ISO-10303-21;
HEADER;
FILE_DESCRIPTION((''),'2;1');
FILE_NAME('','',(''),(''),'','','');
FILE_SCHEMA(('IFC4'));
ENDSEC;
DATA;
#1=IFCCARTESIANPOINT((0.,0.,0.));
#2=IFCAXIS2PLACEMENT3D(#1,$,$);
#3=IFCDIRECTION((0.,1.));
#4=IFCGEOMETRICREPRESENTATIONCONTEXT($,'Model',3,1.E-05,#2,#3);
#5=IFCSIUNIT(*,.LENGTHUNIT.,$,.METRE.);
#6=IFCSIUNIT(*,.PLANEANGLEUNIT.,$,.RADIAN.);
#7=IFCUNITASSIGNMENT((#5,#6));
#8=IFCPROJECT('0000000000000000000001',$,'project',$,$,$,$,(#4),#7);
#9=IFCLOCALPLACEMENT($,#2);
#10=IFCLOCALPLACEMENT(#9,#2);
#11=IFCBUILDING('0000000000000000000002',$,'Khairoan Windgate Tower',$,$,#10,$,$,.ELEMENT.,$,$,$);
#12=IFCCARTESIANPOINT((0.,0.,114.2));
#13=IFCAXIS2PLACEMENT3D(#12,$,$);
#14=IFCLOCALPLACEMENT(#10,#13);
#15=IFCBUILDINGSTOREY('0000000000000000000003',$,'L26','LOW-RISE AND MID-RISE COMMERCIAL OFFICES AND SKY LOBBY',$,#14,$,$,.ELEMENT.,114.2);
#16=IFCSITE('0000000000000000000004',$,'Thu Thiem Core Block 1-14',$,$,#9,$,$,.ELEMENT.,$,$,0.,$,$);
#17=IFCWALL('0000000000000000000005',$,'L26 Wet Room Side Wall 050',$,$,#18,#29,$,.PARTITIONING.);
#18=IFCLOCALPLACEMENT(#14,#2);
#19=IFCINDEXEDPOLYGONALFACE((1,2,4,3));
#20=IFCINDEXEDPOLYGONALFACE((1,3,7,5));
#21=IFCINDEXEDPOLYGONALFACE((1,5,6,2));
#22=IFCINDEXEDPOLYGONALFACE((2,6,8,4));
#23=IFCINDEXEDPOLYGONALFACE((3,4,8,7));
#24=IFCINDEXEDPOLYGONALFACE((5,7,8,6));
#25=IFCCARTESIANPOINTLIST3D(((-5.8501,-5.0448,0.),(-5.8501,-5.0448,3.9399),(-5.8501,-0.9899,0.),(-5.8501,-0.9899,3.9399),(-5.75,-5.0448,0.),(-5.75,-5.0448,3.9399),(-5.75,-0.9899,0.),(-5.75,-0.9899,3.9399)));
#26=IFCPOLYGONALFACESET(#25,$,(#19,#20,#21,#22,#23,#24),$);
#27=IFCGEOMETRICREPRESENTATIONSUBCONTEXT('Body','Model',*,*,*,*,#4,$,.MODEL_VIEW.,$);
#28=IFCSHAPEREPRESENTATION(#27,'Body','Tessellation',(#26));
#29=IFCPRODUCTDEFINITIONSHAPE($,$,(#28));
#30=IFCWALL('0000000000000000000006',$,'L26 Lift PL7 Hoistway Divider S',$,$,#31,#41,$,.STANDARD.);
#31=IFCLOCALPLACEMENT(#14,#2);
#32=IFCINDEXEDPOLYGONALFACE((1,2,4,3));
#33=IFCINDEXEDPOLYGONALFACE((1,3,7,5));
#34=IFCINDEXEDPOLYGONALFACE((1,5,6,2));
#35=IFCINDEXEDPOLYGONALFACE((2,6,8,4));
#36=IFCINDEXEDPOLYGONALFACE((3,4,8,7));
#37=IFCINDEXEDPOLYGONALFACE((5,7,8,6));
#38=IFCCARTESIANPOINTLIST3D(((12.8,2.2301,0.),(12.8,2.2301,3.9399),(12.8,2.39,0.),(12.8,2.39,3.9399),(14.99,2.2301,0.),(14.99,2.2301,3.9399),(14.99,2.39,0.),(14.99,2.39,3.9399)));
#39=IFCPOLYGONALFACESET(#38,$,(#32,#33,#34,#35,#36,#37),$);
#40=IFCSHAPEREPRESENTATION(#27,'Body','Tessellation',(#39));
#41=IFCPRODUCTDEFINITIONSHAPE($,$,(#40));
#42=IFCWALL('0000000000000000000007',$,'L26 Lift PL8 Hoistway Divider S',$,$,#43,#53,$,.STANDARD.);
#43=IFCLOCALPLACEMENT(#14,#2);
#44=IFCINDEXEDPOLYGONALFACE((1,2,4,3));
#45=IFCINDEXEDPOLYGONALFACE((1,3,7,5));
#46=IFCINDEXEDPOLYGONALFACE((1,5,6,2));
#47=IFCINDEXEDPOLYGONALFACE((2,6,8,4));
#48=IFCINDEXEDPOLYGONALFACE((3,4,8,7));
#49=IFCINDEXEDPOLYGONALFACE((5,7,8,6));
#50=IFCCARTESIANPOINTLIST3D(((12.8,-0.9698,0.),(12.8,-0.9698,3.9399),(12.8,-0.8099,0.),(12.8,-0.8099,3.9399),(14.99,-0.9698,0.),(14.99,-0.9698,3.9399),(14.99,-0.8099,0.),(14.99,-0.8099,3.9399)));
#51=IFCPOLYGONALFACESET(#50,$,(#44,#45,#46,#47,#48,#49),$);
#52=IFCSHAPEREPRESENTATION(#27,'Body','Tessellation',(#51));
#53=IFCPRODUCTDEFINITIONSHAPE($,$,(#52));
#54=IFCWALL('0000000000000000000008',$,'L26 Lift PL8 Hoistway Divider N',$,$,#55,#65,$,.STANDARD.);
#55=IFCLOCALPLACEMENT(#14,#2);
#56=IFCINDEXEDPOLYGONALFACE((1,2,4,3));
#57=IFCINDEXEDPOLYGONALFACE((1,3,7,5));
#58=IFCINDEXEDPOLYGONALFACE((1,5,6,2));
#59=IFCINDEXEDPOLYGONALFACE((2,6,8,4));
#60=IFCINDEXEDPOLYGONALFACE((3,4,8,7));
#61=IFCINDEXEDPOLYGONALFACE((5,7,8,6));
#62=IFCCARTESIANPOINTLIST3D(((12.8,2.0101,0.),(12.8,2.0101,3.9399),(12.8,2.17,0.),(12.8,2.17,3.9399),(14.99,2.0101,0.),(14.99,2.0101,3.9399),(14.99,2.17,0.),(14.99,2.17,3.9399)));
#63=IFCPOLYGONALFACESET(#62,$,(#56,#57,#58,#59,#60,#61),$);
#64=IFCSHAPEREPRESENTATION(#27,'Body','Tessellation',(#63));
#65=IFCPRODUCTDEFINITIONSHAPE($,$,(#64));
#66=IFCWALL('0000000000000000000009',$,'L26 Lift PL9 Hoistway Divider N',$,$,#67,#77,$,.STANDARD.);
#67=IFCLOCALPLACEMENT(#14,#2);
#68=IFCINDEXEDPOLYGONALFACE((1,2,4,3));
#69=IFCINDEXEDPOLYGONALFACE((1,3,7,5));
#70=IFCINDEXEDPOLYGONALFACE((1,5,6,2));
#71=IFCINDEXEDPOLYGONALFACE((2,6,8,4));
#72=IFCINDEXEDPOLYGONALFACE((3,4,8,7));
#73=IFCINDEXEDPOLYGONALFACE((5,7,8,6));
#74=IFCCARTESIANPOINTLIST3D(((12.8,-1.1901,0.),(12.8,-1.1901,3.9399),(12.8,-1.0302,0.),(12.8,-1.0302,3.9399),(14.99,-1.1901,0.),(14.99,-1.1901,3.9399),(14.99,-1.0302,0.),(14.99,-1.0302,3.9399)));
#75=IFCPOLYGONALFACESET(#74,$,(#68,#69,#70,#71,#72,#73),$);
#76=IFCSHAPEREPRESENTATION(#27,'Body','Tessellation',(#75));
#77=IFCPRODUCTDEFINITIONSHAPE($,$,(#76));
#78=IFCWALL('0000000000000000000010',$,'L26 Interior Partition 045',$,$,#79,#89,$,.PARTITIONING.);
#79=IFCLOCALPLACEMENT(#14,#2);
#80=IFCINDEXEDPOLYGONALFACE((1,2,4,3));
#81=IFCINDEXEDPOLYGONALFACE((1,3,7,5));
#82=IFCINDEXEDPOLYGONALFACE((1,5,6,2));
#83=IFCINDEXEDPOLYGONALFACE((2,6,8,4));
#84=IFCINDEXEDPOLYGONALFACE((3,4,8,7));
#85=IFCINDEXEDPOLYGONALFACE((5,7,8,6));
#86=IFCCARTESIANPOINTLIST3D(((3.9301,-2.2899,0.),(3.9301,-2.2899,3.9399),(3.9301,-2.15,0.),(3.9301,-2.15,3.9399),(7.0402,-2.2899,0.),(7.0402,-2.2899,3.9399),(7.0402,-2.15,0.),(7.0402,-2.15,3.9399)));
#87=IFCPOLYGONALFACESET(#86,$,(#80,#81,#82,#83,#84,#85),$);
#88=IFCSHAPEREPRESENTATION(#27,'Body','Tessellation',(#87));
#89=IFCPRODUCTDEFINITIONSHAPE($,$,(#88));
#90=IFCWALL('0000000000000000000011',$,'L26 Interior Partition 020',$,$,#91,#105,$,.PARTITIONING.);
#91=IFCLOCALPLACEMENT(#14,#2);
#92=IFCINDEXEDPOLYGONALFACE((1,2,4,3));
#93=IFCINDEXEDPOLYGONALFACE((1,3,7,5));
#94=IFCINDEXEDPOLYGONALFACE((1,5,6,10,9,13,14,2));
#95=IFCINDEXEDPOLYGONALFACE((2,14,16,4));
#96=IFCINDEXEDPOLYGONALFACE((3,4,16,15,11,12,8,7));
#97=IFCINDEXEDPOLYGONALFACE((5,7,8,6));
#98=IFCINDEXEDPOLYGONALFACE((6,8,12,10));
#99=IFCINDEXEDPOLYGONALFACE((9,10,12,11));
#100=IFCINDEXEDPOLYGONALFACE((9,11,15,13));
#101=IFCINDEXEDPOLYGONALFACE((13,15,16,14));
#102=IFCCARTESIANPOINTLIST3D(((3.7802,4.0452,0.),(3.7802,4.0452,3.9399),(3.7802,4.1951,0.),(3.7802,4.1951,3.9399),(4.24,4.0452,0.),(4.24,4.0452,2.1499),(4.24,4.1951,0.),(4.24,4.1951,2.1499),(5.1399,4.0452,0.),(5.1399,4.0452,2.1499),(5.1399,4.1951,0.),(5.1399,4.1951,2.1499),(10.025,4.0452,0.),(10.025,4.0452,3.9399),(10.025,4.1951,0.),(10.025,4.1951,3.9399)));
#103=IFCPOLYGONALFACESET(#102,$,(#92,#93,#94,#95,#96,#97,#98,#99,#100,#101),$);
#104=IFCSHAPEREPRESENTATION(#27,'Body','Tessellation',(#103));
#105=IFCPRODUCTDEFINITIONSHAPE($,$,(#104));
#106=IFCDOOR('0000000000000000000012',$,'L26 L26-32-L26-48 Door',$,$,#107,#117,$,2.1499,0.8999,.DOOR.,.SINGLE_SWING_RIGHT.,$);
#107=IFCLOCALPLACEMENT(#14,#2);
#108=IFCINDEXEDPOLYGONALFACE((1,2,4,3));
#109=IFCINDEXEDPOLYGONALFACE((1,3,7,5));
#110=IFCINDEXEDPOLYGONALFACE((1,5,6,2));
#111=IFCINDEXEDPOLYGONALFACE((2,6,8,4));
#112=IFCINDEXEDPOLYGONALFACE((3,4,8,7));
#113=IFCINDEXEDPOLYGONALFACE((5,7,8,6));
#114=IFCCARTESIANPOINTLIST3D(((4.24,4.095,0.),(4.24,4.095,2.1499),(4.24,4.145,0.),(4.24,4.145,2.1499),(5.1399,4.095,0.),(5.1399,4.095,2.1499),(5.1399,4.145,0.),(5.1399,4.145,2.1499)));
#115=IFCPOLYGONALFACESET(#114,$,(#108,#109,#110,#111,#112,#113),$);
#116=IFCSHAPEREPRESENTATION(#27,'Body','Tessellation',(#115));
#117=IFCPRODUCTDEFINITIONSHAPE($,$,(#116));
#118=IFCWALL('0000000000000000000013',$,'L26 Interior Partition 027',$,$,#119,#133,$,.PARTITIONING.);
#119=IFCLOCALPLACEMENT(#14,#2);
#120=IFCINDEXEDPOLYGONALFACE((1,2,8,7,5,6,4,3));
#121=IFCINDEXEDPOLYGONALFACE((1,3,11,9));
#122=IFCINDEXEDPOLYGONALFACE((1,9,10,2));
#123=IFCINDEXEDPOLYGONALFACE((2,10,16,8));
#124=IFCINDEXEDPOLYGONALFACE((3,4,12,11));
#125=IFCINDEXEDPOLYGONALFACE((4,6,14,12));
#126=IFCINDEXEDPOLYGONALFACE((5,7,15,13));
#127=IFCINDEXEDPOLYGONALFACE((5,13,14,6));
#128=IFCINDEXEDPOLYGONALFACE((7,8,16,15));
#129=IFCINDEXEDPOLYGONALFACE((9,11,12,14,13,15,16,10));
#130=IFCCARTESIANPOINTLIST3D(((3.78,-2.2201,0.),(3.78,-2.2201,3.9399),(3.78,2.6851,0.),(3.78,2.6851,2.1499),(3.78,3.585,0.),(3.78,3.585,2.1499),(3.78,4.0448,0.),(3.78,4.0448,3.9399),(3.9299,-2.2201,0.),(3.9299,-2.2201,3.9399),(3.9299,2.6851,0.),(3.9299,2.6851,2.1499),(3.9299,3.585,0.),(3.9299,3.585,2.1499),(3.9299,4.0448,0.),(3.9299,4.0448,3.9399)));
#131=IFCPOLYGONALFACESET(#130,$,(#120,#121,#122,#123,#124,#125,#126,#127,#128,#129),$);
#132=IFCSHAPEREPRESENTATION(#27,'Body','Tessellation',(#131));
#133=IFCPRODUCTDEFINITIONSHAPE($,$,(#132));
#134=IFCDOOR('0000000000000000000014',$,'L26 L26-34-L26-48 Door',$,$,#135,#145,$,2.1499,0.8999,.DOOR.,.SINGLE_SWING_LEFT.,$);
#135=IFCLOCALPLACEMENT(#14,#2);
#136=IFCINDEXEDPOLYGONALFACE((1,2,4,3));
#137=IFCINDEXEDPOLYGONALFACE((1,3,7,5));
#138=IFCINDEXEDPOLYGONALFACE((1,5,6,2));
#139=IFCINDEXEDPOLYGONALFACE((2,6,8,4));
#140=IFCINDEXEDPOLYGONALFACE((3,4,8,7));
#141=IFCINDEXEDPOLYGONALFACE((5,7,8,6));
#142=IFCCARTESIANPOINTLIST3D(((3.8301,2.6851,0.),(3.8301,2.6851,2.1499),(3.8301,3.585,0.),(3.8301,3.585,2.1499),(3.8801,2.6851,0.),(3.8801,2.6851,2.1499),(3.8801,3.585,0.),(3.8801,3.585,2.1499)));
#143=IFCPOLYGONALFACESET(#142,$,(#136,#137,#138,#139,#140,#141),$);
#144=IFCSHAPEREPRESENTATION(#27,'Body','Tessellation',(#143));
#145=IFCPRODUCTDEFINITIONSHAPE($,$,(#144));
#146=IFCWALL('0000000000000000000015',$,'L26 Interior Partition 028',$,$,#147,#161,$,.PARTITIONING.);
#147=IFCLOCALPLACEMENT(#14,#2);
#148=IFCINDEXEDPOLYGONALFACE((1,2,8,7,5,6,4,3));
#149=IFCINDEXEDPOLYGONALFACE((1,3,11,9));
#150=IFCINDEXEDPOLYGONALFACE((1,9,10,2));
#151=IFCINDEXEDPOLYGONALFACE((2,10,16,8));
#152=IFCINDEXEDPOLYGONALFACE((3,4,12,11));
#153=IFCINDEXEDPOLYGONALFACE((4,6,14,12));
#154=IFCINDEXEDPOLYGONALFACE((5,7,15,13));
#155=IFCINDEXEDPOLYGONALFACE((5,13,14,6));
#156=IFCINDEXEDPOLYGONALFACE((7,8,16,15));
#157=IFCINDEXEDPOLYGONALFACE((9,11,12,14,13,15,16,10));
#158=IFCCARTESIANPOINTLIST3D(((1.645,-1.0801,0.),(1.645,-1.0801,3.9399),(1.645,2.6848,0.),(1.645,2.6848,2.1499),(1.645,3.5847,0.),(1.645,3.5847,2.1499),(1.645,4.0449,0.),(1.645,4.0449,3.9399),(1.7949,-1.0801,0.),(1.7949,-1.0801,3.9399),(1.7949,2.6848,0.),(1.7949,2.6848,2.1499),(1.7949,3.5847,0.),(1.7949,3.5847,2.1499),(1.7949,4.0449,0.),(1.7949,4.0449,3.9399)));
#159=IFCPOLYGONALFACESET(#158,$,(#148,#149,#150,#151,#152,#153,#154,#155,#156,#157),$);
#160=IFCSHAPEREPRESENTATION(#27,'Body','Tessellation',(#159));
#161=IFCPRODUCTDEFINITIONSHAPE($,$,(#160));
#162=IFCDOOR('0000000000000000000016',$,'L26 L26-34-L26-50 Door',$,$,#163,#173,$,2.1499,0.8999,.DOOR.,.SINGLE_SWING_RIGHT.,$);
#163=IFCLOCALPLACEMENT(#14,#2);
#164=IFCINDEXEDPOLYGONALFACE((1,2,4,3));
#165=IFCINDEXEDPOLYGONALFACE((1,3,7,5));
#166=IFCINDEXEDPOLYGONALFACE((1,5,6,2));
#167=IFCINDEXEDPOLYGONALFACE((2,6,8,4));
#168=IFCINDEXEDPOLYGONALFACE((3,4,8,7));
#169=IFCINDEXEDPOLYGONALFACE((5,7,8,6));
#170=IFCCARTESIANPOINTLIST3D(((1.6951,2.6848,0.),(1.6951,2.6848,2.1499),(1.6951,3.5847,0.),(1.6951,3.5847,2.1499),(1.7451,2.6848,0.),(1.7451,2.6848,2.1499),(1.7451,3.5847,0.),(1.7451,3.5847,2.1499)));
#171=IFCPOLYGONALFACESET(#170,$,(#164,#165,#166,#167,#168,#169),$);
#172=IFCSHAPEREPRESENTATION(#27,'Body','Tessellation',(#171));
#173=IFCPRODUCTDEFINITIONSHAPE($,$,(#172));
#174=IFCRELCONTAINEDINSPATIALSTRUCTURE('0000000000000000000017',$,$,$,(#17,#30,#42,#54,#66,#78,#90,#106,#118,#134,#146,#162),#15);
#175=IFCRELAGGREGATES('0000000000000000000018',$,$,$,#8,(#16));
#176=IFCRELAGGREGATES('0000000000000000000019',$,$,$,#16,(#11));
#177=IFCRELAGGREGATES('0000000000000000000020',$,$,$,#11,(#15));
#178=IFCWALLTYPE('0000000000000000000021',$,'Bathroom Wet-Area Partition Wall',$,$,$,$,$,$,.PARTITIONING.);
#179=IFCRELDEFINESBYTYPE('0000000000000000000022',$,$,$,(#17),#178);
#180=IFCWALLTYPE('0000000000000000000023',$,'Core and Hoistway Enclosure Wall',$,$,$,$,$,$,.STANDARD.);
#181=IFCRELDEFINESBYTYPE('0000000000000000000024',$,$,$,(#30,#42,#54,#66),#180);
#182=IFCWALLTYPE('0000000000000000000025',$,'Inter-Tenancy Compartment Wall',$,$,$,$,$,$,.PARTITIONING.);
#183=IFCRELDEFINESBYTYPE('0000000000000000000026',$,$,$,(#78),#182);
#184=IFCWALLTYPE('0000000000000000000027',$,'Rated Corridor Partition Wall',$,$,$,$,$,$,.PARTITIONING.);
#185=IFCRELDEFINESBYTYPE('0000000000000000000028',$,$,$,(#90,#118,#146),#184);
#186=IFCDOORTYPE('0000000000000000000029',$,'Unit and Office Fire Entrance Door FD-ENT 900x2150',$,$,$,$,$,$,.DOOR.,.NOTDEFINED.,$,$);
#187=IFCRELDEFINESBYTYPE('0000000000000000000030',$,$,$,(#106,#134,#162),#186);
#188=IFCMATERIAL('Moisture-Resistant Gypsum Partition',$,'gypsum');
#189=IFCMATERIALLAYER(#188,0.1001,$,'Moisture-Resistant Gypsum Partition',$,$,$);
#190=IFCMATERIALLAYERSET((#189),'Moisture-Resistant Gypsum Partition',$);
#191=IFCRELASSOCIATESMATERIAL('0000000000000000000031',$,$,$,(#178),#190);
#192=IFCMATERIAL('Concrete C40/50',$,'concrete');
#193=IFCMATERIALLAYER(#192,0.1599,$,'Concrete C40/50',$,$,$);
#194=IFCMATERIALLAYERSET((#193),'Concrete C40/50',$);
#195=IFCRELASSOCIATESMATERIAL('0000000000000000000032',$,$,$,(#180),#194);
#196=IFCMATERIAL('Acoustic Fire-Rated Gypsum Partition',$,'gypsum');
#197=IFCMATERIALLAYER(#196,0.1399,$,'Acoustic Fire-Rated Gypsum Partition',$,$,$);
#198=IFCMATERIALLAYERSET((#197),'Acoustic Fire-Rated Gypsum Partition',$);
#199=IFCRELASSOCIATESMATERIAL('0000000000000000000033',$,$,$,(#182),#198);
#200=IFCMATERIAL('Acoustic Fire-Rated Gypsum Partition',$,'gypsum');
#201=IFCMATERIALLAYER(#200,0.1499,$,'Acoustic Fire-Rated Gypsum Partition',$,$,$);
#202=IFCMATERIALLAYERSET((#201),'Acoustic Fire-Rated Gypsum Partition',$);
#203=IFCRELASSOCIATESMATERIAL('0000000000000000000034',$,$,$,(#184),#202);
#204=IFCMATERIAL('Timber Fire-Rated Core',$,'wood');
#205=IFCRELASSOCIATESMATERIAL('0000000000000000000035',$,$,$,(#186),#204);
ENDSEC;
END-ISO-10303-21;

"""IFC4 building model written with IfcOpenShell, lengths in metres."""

from ifc_helpers import new_model, si_unit, direction, frame, frame_2d, origin, place, context, subcontext, project, spatial, rectangle, extrude, material, layer, layer_set, type_object, element, fill, save


model = new_model("IFC4")

# Units and contexts
model_context = context("Model", 3, precision=1e-05, world=origin(), true_north=direction((0.0, 1.0)))
body_context = subcontext(model_context, "Body", "Model", "MODEL_VIEW")
ifc_project = project(units=[si_unit("LENGTHUNIT", "METRE"), si_unit("PLANEANGLEUNIT", "RADIAN")], contexts=[model_context])

# Site, building, storey
site_placement = place(None, origin())
site = spatial("IfcSite", under=ifc_project, at=site_placement, Name="Thu Thiem Core Block 1-14", CompositionType="ELEMENT", RefElevation=0.0)
building_placement = place(site_placement, origin())
building = spatial("IfcBuilding", under=site, at=building_placement, Name="Khairoan Windgate Tower", CompositionType="ELEMENT")
storey_placement = place(building_placement, frame((0.0, 0.0, 114.2)))
storey = spatial("IfcBuildingStorey", under=building, at=storey_placement, Name="L26", Description="LOW-RISE AND MID-RISE COMMERCIAL OFFICES AND SKY LOBBY", CompositionType="ELEMENT", Elevation=114.2)

# Walls
ifc_material_1 = material(Name="Moisture-Resistant Gypsum Partition", Category="gypsum")
ifc_layer_1 = layer(ifc_material_1, 0.1001, Name="Moisture-Resistant Gypsum Partition")
ifc_layer_set_1 = layer_set([ifc_layer_1], Name="Moisture-Resistant Gypsum Partition")
wall_type_1 = type_object("IfcWallType", Name="Bathroom Wet-Area Partition Wall", PredefinedType="PARTITIONING", material=ifc_layer_set_1)
wall_1_placement = place(storey_placement, frame((-5.8, -0.99, 0.0), z_axis=(0.0, 0.0, 1.0), x_axis=(0.0, -1.0, 0.0)))
element("IfcWall", 1, at=wall_1_placement, inside=storey, type_object=wall_type_1, Name="L26 Wet Room Side Wall 050", PredefinedType="PARTITIONING", context=body_context, shape_type="SweptSolid", body=[
    extrude(rectangle(XDim=4.0549, YDim=0.1001, at=frame_2d((2.0273, 0.0))), origin(), (0.0, 0.0, 1.0), 3.9399),
])
ifc_material_2 = material(Name="Concrete C40/50", Category="concrete")
ifc_layer_2 = layer(ifc_material_2, 0.1599, Name="Concrete C40/50")
ifc_layer_set_2 = layer_set([ifc_layer_2], Name="Concrete C40/50")
wall_type_2 = type_object("IfcWallType", Name="Core and Hoistway Enclosure Wall", PredefinedType="STANDARD", material=ifc_layer_set_2)
for number, where, z_axis, x_axis, name in (
    (2, (12.8, 2.3101, 0.0), (0.0, 0.0, 1.0), (1.0, 0.0, 0.0), "L26 Lift PL7 Hoistway Divider S"),
    (3, (12.8, -0.8899, 0.0), (0.0, 0.0, 1.0), (1.0, 0.0, 0.0), "L26 Lift PL8 Hoistway Divider S"),
    (4, (12.8, 2.0901, 0.0), (0.0, 0.0, 1.0), (1.0, 0.0, 0.0), "L26 Lift PL8 Hoistway Divider N"),
    (5, (12.8, -1.1101, 0.0), (0.0, 0.0, 1.0), (1.0, 0.0, 0.0), "L26 Lift PL9 Hoistway Divider N"),
):
    element("IfcWall", number, at=place(storey_placement, frame(where, z_axis=z_axis, x_axis=x_axis)), inside=storey, type_object=wall_type_2, Name=name, PredefinedType="STANDARD", context=body_context, shape_type="SweptSolid", body=[
        extrude(rectangle(XDim=2.1899, YDim=0.1599, at=frame_2d((1.095, 0.0))), origin(), (0.0, 0.0, 1.0), 3.9399),
    ])
ifc_material_3 = material(Name="Acoustic Fire-Rated Gypsum Partition", Category="gypsum")
ifc_layer_3 = layer(ifc_material_3, 0.1399, Name="Acoustic Fire-Rated Gypsum Partition")
ifc_layer_set_3 = layer_set([ifc_layer_3], Name="Acoustic Fire-Rated Gypsum Partition")
wall_type_3 = type_object("IfcWallType", Name="Inter-Tenancy Compartment Wall", PredefinedType="PARTITIONING", material=ifc_layer_set_3)
wall_2_placement = place(storey_placement, frame((3.9299, -2.22, 0.0), z_axis=(0.0, 0.0, 1.0), x_axis=(1.0, 0.0, 0.0)))
element("IfcWall", 6, at=wall_2_placement, inside=storey, type_object=wall_type_3, Name="L26 Interior Partition 045", PredefinedType="PARTITIONING", context=body_context, shape_type="SweptSolid", body=[
    extrude(rectangle(XDim=3.1101, YDim=0.1399, at=frame_2d((1.5552, 0.0))), origin(), (0.0, 0.0, 1.0), 3.9399),
])

# Walls, openings, doors
ifc_material_4 = material(Name="Acoustic Fire-Rated Gypsum Partition", Category="gypsum")
ifc_layer_4 = layer(ifc_material_4, 0.1499, Name="Acoustic Fire-Rated Gypsum Partition")
ifc_layer_set_4 = layer_set([ifc_layer_4], Name="Acoustic Fire-Rated Gypsum Partition")
wall_type_4 = type_object("IfcWallType", Name="Rated Corridor Partition Wall", PredefinedType="PARTITIONING", material=ifc_layer_set_4)
wall_3_placement = place(storey_placement, frame((3.78, 4.1201, 0.0), z_axis=(0.0, 0.0, 1.0), x_axis=(1.0, 0.0, 0.0)))
wall_3 = element("IfcWall", 7, at=wall_3_placement, inside=storey, type_object=wall_type_4, Name="L26 Interior Partition 020", PredefinedType="PARTITIONING", context=body_context, shape_type="SweptSolid", body=[
    extrude(rectangle(XDim=6.2449, YDim=0.1499, at=frame_2d((3.1226, 0.0))), origin(), (0.0, 0.0, 1.0), 3.9399),
])
opening_1_placement = place(wall_3_placement, frame((0.46, 0.0, 0.0)))
opening_1 = element("IfcOpeningElement", 8, at=opening_1_placement, cuts=wall_3, PredefinedType="OPENING", context=body_context, shape_type="SweptSolid", body=[
    extrude(rectangle(XDim=0.8999, YDim=2.1499, at=frame_2d((0.45, 1.075))), frame((0.0, 0.085, 0.0), z_axis=(0.0, -1.0, 0.0), x_axis=(1.0, 0.0, 0.0)), (0.0, 0.0, 1.0), 0.1699),
])
ifc_material_5 = material(Name="Timber Fire-Rated Core", Category="wood")
door_type = type_object("IfcDoorType", Name="Unit and Office Fire Entrance Door FD-ENT 900x2150", OperationType="NOTDEFINED", PredefinedType="DOOR", material=ifc_material_5)
door_1_placement = place(opening_1_placement, origin())
door_1 = element("IfcDoor", 9, at=door_1_placement, inside=storey, type_object=door_type, Name="L26 L26-32-L26-48 Door", OperationType="SINGLE_SWING_RIGHT", OverallHeight=2.1499, OverallWidth=0.8999, PredefinedType="DOOR", context=body_context, shape_type="SweptSolid", body=[
    extrude(rectangle(XDim=0.8999, YDim=2.1499, at=frame_2d((0.45, 1.075))), frame((0.0, 0.0249, 0.0), z_axis=(0.0, -1.0, 0.0), x_axis=(1.0, 0.0, 0.0)), (0.0, 0.0, 1.0), 0.05),
])
fill(opening_1, door_1)
wall_4_placement = place(storey_placement, frame((3.855, -2.22, 0.0), z_axis=(0.0, 0.0, 1.0), x_axis=(0.0, 1.0, 0.0)))
wall_4 = element("IfcWall", 10, at=wall_4_placement, inside=storey, type_object=wall_type_4, Name="L26 Interior Partition 027", PredefinedType="PARTITIONING", context=body_context, shape_type="SweptSolid", body=[
    extrude(rectangle(XDim=6.2649, YDim=0.1499, at=frame_2d((3.1323, 0.0))), origin(), (0.0, 0.0, 1.0), 3.9399),
])
opening_2_placement = place(wall_4_placement, frame((4.905, 0.0, 0.0)))
opening_2 = element("IfcOpeningElement", 11, at=opening_2_placement, cuts=wall_4, PredefinedType="OPENING", context=body_context, shape_type="SweptSolid", body=[
    extrude(rectangle(XDim=0.8999, YDim=2.1499, at=frame_2d((0.45, 1.075))), frame((0.0, 0.085, 0.0), z_axis=(0.0, -1.0, 0.0), x_axis=(1.0, 0.0, 0.0)), (0.0, 0.0, 1.0), 0.1699),
])
door_2_placement = place(opening_2_placement, origin())
door_2 = element("IfcDoor", 12, at=door_2_placement, inside=storey, type_object=door_type, Name="L26 L26-34-L26-48 Door", OperationType="SINGLE_SWING_LEFT", OverallHeight=2.1499, OverallWidth=0.8999, PredefinedType="DOOR", context=body_context, shape_type="SweptSolid", body=[
    extrude(rectangle(XDim=0.8999, YDim=2.1499, at=frame_2d((0.45, 1.075))), frame((0.0, 0.0249, 0.0), z_axis=(0.0, -1.0, 0.0), x_axis=(1.0, 0.0, 0.0)), (0.0, 0.0, 1.0), 0.05),
])
fill(opening_2, door_2)
wall_5_placement = place(storey_placement, frame((1.72, -1.0801, 0.0), z_axis=(0.0, 0.0, 1.0), x_axis=(0.0, 1.0, 0.0)))
wall_5 = element("IfcWall", 13, at=wall_5_placement, inside=storey, type_object=wall_type_4, Name="L26 Interior Partition 028", PredefinedType="PARTITIONING", context=body_context, shape_type="SweptSolid", body=[
    extrude(rectangle(XDim=5.125, YDim=0.1499, at=frame_2d((2.5625, 0.0))), origin(), (0.0, 0.0, 1.0), 3.9399),
])
opening_3_placement = place(wall_5_placement, frame((3.7649, 0.0, 0.0)))
opening_3 = element("IfcOpeningElement", 14, at=opening_3_placement, cuts=wall_5, PredefinedType="OPENING", context=body_context, shape_type="SweptSolid", body=[
    extrude(rectangle(XDim=0.8999, YDim=2.1499, at=frame_2d((0.45, 1.075))), frame((0.0, 0.085, 0.0), z_axis=(0.0, -1.0, 0.0), x_axis=(1.0, 0.0, 0.0)), (0.0, 0.0, 1.0), 0.1699),
])
door_3_placement = place(opening_3_placement, origin())
door_3 = element("IfcDoor", 15, at=door_3_placement, inside=storey, type_object=door_type, Name="L26 L26-34-L26-50 Door", OperationType="SINGLE_SWING_RIGHT", OverallHeight=2.1499, OverallWidth=0.8999, PredefinedType="DOOR", context=body_context, shape_type="SweptSolid", body=[
    extrude(rectangle(XDim=0.8999, YDim=2.1499, at=frame_2d((0.45, 1.075))), frame((0.0, 0.0249, 0.0), z_axis=(0.0, -1.0, 0.0), x_axis=(1.0, 0.0, 0.0)), (0.0, 0.0, 1.0), 0.05),
])
fill(opening_3, door_3)

save(model, "model.ifc")
